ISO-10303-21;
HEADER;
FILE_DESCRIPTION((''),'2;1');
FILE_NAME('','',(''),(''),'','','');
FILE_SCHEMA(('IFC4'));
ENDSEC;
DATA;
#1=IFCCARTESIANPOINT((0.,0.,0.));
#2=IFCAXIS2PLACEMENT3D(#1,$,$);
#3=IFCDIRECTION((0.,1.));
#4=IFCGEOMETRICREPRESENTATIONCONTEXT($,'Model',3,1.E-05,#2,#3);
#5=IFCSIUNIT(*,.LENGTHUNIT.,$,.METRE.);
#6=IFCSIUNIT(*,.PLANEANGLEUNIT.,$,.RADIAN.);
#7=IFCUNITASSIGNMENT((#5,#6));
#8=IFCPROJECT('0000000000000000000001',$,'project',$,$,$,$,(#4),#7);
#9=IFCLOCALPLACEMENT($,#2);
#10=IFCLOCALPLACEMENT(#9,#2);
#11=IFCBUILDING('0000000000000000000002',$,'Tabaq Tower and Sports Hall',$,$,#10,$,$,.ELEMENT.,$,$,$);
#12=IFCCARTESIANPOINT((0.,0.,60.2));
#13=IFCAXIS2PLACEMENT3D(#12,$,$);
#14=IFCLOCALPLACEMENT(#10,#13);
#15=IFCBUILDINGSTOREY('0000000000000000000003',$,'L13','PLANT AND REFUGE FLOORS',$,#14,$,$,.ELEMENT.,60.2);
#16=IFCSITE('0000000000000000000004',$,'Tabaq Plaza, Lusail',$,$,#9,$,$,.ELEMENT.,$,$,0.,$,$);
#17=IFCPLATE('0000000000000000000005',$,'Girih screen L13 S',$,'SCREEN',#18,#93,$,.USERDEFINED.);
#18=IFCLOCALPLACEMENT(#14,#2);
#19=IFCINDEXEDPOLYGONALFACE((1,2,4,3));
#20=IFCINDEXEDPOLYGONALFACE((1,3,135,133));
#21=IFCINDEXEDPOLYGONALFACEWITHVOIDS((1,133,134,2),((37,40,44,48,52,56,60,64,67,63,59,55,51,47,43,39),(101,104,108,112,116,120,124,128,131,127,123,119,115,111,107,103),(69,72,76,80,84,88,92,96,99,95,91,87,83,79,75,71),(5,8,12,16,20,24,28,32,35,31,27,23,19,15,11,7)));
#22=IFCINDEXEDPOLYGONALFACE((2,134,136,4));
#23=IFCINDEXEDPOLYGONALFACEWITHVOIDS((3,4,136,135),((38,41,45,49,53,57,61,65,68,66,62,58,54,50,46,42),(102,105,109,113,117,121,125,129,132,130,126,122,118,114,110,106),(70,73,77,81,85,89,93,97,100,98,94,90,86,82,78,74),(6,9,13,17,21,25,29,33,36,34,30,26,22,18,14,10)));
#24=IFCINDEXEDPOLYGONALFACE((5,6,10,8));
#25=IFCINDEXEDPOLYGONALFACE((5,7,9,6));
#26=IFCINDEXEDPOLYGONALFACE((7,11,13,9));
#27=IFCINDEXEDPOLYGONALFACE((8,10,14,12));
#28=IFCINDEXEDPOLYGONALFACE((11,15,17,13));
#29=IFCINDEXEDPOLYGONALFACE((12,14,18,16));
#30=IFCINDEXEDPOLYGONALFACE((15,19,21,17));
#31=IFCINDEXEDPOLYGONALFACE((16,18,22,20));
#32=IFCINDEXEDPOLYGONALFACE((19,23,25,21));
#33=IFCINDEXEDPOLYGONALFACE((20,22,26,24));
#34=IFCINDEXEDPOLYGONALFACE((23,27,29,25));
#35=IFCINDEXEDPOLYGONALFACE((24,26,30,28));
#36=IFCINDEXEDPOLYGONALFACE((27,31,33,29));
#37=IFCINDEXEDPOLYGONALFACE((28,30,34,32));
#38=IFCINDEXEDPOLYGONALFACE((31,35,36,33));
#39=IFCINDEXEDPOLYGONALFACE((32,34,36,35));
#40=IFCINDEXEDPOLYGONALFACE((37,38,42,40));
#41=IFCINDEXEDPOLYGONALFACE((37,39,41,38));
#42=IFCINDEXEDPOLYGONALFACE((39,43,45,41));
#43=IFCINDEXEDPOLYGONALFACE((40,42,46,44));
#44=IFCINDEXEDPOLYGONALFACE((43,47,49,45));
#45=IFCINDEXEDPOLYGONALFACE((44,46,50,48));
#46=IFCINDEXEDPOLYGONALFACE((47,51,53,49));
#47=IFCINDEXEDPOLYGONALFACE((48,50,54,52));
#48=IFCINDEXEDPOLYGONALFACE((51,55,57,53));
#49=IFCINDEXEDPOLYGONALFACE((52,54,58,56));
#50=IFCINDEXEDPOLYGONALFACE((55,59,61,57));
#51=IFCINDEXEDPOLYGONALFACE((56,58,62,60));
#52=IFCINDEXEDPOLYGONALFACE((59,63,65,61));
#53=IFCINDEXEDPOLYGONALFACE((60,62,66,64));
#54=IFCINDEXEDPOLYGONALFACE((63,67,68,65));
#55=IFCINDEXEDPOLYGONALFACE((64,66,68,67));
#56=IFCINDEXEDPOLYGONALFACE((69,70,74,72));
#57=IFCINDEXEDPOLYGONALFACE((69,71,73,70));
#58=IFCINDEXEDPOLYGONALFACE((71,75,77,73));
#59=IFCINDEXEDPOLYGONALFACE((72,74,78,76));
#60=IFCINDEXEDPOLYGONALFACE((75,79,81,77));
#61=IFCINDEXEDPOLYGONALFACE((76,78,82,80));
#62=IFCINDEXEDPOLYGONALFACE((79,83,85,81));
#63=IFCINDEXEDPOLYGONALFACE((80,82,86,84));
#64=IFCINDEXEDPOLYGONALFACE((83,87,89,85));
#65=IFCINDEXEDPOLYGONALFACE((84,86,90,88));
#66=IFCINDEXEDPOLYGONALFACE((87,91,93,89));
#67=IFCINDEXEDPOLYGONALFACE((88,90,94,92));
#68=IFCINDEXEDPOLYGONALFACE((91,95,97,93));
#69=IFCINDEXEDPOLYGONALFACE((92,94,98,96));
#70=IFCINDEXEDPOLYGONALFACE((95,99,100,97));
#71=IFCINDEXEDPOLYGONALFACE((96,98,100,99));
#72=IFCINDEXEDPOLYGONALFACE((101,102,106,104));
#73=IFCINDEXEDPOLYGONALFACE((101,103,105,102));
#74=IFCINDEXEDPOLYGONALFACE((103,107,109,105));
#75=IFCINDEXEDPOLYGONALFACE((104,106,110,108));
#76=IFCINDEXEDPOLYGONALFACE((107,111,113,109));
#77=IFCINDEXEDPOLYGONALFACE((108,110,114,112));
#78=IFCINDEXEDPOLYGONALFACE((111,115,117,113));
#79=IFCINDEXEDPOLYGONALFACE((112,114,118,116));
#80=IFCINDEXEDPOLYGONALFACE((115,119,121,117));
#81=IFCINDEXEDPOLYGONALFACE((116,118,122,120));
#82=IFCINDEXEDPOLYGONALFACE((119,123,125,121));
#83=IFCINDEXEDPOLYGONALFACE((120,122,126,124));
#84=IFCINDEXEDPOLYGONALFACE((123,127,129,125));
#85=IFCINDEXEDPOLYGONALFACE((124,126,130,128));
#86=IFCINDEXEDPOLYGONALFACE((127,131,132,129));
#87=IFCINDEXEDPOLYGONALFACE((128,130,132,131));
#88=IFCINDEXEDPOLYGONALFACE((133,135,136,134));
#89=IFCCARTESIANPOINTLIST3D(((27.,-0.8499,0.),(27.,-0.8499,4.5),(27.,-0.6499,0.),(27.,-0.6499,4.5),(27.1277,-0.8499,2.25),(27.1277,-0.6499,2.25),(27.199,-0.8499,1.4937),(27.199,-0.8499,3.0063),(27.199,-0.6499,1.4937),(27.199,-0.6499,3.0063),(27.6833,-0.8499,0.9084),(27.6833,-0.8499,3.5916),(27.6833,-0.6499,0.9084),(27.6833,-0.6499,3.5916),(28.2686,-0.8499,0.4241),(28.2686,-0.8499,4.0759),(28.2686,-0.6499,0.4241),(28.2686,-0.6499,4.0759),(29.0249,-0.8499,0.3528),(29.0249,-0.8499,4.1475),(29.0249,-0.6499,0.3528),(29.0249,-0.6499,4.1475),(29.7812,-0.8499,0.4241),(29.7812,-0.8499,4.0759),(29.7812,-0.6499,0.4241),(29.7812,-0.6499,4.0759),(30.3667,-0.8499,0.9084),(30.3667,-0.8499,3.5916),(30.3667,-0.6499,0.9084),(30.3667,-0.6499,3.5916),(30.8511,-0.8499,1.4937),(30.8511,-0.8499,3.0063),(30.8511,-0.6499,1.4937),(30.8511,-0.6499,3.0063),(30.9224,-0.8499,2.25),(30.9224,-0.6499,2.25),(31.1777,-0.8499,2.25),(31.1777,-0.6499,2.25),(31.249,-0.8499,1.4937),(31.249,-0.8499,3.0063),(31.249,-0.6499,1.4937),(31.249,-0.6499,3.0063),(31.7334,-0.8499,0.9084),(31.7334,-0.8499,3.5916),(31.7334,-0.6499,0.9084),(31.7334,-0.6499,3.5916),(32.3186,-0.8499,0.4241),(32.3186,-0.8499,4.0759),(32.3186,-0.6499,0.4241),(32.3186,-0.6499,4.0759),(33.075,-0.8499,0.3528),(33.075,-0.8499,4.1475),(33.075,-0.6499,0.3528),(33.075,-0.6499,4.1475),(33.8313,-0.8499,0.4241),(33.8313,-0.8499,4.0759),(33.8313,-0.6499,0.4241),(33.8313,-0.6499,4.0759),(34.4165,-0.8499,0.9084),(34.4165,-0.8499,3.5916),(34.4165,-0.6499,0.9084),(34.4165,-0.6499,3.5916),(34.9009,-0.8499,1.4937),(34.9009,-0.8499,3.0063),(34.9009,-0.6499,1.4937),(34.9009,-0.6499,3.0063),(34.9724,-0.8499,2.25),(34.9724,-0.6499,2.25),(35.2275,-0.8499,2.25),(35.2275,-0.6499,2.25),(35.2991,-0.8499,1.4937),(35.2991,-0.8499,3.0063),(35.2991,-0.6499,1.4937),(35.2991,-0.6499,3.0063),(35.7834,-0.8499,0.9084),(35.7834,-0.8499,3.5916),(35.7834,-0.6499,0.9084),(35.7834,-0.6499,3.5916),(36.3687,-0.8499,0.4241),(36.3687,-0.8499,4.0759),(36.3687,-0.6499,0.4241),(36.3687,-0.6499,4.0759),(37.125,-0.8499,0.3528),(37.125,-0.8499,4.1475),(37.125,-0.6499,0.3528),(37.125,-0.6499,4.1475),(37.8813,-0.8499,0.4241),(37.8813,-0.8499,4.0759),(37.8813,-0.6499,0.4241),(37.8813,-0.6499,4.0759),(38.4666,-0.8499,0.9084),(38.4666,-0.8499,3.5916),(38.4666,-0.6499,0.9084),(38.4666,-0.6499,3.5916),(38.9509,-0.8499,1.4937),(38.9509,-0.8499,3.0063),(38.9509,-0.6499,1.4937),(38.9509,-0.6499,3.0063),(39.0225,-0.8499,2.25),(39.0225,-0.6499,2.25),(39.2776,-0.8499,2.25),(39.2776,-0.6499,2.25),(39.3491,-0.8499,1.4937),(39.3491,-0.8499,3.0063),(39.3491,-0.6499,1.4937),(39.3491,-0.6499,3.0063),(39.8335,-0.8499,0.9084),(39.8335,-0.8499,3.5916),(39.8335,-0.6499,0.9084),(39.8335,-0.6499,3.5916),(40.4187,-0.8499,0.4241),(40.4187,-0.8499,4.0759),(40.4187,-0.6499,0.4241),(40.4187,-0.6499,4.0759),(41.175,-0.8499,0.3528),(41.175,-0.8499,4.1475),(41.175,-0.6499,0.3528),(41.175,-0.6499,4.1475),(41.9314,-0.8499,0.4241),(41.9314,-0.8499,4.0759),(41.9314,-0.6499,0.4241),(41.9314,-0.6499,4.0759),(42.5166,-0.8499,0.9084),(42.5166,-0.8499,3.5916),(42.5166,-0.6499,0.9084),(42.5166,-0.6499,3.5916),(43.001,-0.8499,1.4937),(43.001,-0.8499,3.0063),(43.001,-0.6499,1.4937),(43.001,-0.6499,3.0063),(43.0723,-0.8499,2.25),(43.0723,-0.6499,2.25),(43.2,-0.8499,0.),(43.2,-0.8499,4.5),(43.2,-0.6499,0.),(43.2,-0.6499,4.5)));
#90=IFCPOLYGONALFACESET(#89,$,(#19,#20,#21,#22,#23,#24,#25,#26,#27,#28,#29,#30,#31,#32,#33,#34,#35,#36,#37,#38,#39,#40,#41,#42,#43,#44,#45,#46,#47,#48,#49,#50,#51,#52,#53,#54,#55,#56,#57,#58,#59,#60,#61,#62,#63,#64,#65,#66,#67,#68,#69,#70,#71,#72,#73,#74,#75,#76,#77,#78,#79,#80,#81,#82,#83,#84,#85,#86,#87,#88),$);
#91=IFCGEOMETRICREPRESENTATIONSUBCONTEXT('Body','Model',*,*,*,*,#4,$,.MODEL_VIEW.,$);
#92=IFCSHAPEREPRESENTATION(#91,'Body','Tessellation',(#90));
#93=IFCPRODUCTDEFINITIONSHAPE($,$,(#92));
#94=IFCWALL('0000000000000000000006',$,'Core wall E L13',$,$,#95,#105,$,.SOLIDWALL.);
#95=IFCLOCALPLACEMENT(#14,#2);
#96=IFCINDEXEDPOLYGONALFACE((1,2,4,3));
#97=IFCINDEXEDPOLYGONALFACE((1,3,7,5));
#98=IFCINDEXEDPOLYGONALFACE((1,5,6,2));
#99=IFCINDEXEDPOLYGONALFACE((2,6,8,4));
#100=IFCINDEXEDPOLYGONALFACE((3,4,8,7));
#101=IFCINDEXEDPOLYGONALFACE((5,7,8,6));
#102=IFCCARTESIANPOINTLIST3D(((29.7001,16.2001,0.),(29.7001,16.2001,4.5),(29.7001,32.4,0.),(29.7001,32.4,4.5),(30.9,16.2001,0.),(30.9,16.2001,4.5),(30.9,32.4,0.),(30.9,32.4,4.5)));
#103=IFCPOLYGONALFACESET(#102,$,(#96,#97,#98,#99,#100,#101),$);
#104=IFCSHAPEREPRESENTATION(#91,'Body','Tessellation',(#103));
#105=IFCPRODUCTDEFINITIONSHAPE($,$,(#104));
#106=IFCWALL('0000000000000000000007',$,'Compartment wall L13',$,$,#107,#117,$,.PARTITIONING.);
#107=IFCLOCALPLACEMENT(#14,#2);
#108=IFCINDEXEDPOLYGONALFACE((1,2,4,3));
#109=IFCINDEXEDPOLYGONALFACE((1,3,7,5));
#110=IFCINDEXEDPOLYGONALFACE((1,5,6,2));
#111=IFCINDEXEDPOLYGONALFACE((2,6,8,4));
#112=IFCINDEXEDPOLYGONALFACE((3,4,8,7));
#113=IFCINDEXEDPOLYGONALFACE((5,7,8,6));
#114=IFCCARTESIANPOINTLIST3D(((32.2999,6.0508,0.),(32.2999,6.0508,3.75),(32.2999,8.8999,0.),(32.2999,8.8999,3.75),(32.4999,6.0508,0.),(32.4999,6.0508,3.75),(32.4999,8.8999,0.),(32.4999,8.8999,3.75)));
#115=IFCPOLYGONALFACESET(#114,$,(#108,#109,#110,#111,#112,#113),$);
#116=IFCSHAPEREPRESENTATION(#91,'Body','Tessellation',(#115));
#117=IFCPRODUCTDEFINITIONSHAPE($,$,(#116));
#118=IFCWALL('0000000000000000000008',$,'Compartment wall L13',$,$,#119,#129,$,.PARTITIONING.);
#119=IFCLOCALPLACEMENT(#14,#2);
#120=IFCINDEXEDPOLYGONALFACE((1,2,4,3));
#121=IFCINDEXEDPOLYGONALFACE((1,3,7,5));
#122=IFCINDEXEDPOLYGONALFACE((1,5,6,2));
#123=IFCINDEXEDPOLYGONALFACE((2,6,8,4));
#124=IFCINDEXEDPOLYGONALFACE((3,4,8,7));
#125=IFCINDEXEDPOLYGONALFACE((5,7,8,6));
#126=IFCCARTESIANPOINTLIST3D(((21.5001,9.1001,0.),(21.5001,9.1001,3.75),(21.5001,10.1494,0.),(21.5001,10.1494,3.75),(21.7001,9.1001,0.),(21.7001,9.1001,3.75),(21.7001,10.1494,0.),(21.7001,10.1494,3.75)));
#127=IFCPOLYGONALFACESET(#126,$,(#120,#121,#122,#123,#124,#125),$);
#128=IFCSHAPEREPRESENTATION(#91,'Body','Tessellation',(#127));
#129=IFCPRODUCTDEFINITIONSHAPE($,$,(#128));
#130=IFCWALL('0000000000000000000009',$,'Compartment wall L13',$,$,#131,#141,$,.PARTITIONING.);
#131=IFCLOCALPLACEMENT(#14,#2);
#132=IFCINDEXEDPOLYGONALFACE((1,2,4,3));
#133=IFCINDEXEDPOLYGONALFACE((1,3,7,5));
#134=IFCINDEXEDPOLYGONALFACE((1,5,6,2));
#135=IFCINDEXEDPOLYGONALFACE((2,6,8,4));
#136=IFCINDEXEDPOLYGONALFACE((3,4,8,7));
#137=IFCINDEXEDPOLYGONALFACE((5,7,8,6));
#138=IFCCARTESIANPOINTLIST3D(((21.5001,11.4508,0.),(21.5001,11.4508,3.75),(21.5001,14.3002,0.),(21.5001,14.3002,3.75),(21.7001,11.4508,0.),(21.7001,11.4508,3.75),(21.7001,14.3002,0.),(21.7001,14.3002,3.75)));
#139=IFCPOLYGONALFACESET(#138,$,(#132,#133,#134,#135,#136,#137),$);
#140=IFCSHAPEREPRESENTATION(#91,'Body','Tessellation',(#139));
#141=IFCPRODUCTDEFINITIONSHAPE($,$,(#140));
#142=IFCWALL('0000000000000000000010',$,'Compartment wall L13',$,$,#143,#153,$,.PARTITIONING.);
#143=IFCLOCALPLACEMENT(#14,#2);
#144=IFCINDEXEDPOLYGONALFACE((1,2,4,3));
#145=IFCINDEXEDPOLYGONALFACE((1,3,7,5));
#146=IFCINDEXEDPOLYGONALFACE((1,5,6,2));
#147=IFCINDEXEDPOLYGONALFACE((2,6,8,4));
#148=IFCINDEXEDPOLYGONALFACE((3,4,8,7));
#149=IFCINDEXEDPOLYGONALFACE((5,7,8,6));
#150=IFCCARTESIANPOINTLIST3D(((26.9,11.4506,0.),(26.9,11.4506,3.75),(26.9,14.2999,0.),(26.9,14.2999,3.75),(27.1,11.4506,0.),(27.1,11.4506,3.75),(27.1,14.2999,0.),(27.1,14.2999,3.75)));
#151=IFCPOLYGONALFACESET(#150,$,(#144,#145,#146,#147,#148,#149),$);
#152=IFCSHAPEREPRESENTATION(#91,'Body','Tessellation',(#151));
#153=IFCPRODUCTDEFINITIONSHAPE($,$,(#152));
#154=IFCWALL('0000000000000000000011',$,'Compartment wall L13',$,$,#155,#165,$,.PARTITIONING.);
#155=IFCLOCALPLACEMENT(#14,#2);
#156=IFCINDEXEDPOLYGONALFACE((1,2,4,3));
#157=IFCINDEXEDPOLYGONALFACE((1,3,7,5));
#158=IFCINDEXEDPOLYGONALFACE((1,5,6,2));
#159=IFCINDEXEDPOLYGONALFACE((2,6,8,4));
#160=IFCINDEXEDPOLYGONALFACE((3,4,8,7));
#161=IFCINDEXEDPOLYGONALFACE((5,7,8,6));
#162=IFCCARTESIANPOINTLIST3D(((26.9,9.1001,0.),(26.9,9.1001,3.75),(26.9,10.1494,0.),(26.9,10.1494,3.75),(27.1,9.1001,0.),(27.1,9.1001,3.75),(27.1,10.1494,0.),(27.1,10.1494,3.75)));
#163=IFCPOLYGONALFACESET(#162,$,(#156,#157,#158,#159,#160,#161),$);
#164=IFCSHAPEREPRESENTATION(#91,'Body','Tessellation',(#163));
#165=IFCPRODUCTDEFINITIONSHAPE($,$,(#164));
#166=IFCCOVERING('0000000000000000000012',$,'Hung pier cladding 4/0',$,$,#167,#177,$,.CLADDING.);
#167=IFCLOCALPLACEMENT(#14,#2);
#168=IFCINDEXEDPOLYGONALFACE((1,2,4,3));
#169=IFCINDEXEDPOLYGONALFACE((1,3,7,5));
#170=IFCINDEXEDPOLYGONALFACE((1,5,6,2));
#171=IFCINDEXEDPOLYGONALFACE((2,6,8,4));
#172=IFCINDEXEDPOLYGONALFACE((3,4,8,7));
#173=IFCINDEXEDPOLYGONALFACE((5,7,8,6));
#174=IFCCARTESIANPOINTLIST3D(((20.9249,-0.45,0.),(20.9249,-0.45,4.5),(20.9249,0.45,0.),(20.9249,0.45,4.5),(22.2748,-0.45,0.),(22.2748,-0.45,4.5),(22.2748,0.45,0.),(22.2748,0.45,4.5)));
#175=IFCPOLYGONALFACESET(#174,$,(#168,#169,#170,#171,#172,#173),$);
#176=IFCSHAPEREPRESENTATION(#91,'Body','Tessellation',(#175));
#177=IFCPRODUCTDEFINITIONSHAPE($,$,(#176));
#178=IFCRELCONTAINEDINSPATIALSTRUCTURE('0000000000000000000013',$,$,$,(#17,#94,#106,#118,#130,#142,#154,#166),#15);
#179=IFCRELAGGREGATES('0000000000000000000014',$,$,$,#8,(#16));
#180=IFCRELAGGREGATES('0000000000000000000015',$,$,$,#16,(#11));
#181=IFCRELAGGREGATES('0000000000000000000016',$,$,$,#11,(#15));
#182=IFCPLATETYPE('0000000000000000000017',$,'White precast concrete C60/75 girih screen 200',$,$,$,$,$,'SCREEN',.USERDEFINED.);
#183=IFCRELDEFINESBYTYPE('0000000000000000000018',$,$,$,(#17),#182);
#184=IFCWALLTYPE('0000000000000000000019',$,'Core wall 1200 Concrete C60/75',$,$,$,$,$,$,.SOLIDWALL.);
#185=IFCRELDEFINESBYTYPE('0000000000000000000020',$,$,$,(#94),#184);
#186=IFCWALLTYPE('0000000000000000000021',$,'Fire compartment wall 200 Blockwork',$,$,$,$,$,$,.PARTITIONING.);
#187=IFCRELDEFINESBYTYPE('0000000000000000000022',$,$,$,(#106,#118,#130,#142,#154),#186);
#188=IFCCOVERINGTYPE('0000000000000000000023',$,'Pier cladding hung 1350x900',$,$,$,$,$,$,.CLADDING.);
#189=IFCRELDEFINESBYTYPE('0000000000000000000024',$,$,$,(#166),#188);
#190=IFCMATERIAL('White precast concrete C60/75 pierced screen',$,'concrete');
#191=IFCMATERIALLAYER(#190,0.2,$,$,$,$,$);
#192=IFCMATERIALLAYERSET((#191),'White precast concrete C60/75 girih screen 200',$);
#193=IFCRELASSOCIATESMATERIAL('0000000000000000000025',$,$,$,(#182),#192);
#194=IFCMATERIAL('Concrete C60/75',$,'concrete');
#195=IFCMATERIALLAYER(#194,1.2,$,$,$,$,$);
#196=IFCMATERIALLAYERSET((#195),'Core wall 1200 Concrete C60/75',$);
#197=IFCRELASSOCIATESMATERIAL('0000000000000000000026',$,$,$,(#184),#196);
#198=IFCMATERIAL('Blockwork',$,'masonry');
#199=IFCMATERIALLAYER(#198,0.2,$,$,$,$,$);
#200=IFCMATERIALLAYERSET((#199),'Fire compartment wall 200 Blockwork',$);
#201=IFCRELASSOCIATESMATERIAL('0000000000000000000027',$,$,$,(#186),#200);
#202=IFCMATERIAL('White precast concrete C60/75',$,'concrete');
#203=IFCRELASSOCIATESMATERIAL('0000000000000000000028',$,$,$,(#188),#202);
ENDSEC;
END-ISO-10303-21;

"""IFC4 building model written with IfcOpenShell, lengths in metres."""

from ifc_helpers import new_model, si_unit, direction, frame, frame_2d, origin, place, context, subcontext, project, spatial, polyline, rectangle, outline, extrude, material, layer, layer_set, type_object, element, save


model = new_model("IFC4")

# Units and contexts
model_context = context("Model", 3, precision=1e-05, world=origin(), true_north=direction((0.0, 1.0)))
body_context = subcontext(model_context, "Body", "Model", "MODEL_VIEW")
ifc_project = project(units=[si_unit("LENGTHUNIT", "METRE"), si_unit("PLANEANGLEUNIT", "RADIAN")], contexts=[model_context])

# Site, building, storey
site_placement = place(None, origin())
site = spatial("IfcSite", under=ifc_project, at=site_placement, Name="Tabaq Plaza, Lusail", CompositionType="ELEMENT", RefElevation=0.0)
building_placement = place(site_placement, origin())
building = spatial("IfcBuilding", under=site, at=building_placement, Name="Tabaq Tower and Sports Hall", CompositionType="ELEMENT")
storey_placement = place(building_placement, frame((0.0, 0.0, 60.2)))
storey = spatial("IfcBuildingStorey", under=building, at=storey_placement, Name="L13", Description="PLANT AND REFUGE FLOORS", CompositionType="ELEMENT", Elevation=60.2)

# Plate
ifc_material_1 = material(Name="White precast concrete C60/75 pierced screen", Category="concrete")
ifc_layer_1 = layer(ifc_material_1, 0.2)
ifc_layer_set_1 = layer_set([ifc_layer_1], Name="White precast concrete C60/75 girih screen 200")
plate_type_1 = type_object("IfcPlateType", Name="White precast concrete C60/75 girih screen 200", ElementType="SCREEN", PredefinedType="USERDEFINED", material=ifc_layer_set_1)
plate_1_placement = place(storey_placement, frame((27.0, -0.75, 0.0), z_axis=(0.0, 0.0, 1.0), x_axis=(1.0, 0.0, 0.0)))
element("IfcPlate", 1, at=plate_1_placement, inside=storey, type_object=plate_type_1, Name="Girih screen L13 S", ObjectType="SCREEN", PredefinedType="USERDEFINED", context=body_context, shape_type="SweptSolid", body=[
    extrude(outline(polyline([(0.0, 0.0), (16.2, 0.0), (16.2, 4.5), (0.0, 4.5), (0.0, 0.0)]), holes=[polyline([(3.8511, 3.0063), (3.3667, 3.5916), (2.7812, 4.0759), (2.0249, 4.1475), (1.2686, 4.0759), (0.6833, 3.5916), (0.199, 3.0063), (0.1277, 2.25), (0.199, 1.4937), (0.6833, 0.9084), (1.2686, 0.4241), (2.0249, 0.3528), (2.7812, 0.4241), (3.3667, 0.9084), (3.8511, 1.4937), (3.9224, 2.25), (3.8511, 3.0063)]), polyline([(7.9009, 3.0063), (7.4165, 3.5916), (6.8313, 4.0759), (6.075, 4.1475), (5.3186, 4.0759), (4.7334, 3.5916), (4.249, 3.0063), (4.1777, 2.25), (4.249, 1.4937), (4.7334, 0.9084), (5.3186, 0.4241), (6.075, 0.3528), (6.8313, 0.4241), (7.4165, 0.9084), (7.9009, 1.4937), (7.9724, 2.25), (7.9009, 3.0063)]), polyline([(11.9509, 3.0063), (11.4666, 3.5916), (10.8813, 4.0759), (10.125, 4.1475), (9.3687, 4.0759), (8.7834, 3.5916), (8.2991, 3.0063), (8.2275, 2.25), (8.2991, 1.4937), (8.7834, 0.9084), (9.3687, 0.4241), (10.125, 0.3528), (10.8813, 0.4241), (11.4666, 0.9084), (11.9509, 1.4937), (12.0225, 2.25), (11.9509, 3.0063)]), polyline([(16.001, 3.0063), (15.5166, 3.5916), (14.9314, 4.0759), (14.175, 4.1475), (13.4187, 4.0759), (12.8335, 3.5916), (12.3491, 3.0063), (12.2776, 2.25), (12.3491, 1.4937), (12.8335, 0.9084), (13.4187, 0.4241), (14.175, 0.3528), (14.9314, 0.4241), (15.5166, 0.9084), (16.001, 1.4937), (16.0723, 2.25), (16.001, 3.0063)])]), frame((0.0, 0.1001, 0.0), z_axis=(0.0, -1.0, 0.0), x_axis=(1.0, 0.0, 0.0)), (0.0, 0.0, 1.0), 0.2),
])

# Wall
ifc_material_2 = material(Name="Concrete C60/75", Category="concrete")
ifc_layer_2 = layer(ifc_material_2, 1.2)
ifc_layer_set_2 = layer_set([ifc_layer_2], Name="Core wall 1200 Concrete C60/75")
wall_type_1 = type_object("IfcWallType", Name="Core wall 1200 Concrete C60/75", PredefinedType="SOLIDWALL", material=ifc_layer_set_2)
wall_1_placement = place(storey_placement, frame((30.3, 16.2, 0.0), z_axis=(0.0, 0.0, 1.0), x_axis=(0.0, 1.0, 0.0)))
element("IfcWall", 2, at=wall_1_placement, inside=storey, type_object=wall_type_1, Name="Core wall E L13", PredefinedType="SOLIDWALL", context=body_context, shape_type="SweptSolid", body=[
    extrude(rectangle(XDim=16.2, YDim=1.2, at=frame_2d((8.1001, 0.0))), origin(), (0.0, 0.0, 1.0), 4.5),
])

# Shared definitions
ifc_material_3 = material(Name="Blockwork", Category="masonry")
ifc_layer_3 = layer(ifc_material_3, 0.2)
ifc_layer_set_3 = layer_set([ifc_layer_3], Name="Fire compartment wall 200 Blockwork")
wall_type_2 = type_object("IfcWallType", Name="Fire compartment wall 200 Blockwork", PredefinedType="PARTITIONING", material=ifc_layer_set_3)

# Walls
wall_2_placement = place(storey_placement, frame((32.3999, 6.0508, 0.0), z_axis=(0.0, 0.0, 1.0), x_axis=(0.0, 1.0, 0.0)))
element("IfcWall", 3, at=wall_2_placement, inside=storey, type_object=wall_type_2, Name="Compartment wall L13", PredefinedType="PARTITIONING", context=body_context, shape_type="SweptSolid", body=[
    extrude(rectangle(XDim=2.8491, YDim=0.2, at=frame_2d((1.4246, 0.0))), origin(), (0.0, 0.0, 1.0), 3.75),
])
wall_3_placement = place(storey_placement, frame((21.6001, 9.1001, 0.0), z_axis=(0.0, 0.0, 1.0), x_axis=(0.0, 1.0, 0.0)))
element("IfcWall", 4, at=wall_3_placement, inside=storey, type_object=wall_type_2, Name="Compartment wall L13", PredefinedType="PARTITIONING", context=body_context, shape_type="SweptSolid", body=[
    extrude(rectangle(XDim=1.0493, YDim=0.2, at=frame_2d((0.5247, 0.0))), origin(), (0.0, 0.0, 1.0), 3.75),
])
for number, where, z_axis, x_axis, name in (
    (5, (21.6001, 11.4507, 0.0), (0.0, 0.0, 1.0), (0.0, 1.0, 0.0), "Compartment wall L13"),
    (6, (27.0, 14.3, 0.0), (0.0, 0.0, 1.0), (0.0, -1.0, 0.0), "Compartment wall L13"),
):
    element("IfcWall", number, at=place(storey_placement, frame(where, z_axis=z_axis, x_axis=x_axis)), inside=storey, type_object=wall_type_2, Name=name, PredefinedType="PARTITIONING", context=body_context, shape_type="SweptSolid", body=[
        extrude(rectangle(XDim=2.8494, YDim=0.2, at=frame_2d((1.4248, 0.0))), origin(), (0.0, 0.0, 1.0), 3.75),
    ])
wall_4_placement = place(storey_placement, frame((27.0, 10.1494, 0.0), z_axis=(0.0, 0.0, 1.0), x_axis=(0.0, -1.0, 0.0)))
element("IfcWall", 7, at=wall_4_placement, inside=storey, type_object=wall_type_2, Name="Compartment wall L13", PredefinedType="PARTITIONING", context=body_context, shape_type="SweptSolid", body=[
    extrude(rectangle(XDim=1.0493, YDim=0.2, at=frame_2d((0.5247, 0.0))), origin(), (0.0, 0.0, 1.0), 3.75),
])

# Covering
ifc_material_4 = material(Name="White precast concrete C60/75", Category="concrete")
covering_type = type_object("IfcCoveringType", Name="Pier cladding hung 1350x900", PredefinedType="CLADDING", material=ifc_material_4)
covering_1_placement = place(storey_placement, frame((20.925, 0.0, 0.0), z_axis=(0.0, 0.0, 1.0), x_axis=(1.0, 0.0, 0.0)))
element("IfcCovering", 8, at=covering_1_placement, inside=storey, type_object=covering_type, Name="Hung pier cladding 4/0", PredefinedType="CLADDING", context=body_context, shape_type="SweptSolid", body=[
    extrude(rectangle(XDim=1.3499, YDim=0.8999, at=frame_2d((0.6748, 0.0))), origin(), (0.0, 0.0, 1.0), 4.5),
])

save(model, "model.ifc")
